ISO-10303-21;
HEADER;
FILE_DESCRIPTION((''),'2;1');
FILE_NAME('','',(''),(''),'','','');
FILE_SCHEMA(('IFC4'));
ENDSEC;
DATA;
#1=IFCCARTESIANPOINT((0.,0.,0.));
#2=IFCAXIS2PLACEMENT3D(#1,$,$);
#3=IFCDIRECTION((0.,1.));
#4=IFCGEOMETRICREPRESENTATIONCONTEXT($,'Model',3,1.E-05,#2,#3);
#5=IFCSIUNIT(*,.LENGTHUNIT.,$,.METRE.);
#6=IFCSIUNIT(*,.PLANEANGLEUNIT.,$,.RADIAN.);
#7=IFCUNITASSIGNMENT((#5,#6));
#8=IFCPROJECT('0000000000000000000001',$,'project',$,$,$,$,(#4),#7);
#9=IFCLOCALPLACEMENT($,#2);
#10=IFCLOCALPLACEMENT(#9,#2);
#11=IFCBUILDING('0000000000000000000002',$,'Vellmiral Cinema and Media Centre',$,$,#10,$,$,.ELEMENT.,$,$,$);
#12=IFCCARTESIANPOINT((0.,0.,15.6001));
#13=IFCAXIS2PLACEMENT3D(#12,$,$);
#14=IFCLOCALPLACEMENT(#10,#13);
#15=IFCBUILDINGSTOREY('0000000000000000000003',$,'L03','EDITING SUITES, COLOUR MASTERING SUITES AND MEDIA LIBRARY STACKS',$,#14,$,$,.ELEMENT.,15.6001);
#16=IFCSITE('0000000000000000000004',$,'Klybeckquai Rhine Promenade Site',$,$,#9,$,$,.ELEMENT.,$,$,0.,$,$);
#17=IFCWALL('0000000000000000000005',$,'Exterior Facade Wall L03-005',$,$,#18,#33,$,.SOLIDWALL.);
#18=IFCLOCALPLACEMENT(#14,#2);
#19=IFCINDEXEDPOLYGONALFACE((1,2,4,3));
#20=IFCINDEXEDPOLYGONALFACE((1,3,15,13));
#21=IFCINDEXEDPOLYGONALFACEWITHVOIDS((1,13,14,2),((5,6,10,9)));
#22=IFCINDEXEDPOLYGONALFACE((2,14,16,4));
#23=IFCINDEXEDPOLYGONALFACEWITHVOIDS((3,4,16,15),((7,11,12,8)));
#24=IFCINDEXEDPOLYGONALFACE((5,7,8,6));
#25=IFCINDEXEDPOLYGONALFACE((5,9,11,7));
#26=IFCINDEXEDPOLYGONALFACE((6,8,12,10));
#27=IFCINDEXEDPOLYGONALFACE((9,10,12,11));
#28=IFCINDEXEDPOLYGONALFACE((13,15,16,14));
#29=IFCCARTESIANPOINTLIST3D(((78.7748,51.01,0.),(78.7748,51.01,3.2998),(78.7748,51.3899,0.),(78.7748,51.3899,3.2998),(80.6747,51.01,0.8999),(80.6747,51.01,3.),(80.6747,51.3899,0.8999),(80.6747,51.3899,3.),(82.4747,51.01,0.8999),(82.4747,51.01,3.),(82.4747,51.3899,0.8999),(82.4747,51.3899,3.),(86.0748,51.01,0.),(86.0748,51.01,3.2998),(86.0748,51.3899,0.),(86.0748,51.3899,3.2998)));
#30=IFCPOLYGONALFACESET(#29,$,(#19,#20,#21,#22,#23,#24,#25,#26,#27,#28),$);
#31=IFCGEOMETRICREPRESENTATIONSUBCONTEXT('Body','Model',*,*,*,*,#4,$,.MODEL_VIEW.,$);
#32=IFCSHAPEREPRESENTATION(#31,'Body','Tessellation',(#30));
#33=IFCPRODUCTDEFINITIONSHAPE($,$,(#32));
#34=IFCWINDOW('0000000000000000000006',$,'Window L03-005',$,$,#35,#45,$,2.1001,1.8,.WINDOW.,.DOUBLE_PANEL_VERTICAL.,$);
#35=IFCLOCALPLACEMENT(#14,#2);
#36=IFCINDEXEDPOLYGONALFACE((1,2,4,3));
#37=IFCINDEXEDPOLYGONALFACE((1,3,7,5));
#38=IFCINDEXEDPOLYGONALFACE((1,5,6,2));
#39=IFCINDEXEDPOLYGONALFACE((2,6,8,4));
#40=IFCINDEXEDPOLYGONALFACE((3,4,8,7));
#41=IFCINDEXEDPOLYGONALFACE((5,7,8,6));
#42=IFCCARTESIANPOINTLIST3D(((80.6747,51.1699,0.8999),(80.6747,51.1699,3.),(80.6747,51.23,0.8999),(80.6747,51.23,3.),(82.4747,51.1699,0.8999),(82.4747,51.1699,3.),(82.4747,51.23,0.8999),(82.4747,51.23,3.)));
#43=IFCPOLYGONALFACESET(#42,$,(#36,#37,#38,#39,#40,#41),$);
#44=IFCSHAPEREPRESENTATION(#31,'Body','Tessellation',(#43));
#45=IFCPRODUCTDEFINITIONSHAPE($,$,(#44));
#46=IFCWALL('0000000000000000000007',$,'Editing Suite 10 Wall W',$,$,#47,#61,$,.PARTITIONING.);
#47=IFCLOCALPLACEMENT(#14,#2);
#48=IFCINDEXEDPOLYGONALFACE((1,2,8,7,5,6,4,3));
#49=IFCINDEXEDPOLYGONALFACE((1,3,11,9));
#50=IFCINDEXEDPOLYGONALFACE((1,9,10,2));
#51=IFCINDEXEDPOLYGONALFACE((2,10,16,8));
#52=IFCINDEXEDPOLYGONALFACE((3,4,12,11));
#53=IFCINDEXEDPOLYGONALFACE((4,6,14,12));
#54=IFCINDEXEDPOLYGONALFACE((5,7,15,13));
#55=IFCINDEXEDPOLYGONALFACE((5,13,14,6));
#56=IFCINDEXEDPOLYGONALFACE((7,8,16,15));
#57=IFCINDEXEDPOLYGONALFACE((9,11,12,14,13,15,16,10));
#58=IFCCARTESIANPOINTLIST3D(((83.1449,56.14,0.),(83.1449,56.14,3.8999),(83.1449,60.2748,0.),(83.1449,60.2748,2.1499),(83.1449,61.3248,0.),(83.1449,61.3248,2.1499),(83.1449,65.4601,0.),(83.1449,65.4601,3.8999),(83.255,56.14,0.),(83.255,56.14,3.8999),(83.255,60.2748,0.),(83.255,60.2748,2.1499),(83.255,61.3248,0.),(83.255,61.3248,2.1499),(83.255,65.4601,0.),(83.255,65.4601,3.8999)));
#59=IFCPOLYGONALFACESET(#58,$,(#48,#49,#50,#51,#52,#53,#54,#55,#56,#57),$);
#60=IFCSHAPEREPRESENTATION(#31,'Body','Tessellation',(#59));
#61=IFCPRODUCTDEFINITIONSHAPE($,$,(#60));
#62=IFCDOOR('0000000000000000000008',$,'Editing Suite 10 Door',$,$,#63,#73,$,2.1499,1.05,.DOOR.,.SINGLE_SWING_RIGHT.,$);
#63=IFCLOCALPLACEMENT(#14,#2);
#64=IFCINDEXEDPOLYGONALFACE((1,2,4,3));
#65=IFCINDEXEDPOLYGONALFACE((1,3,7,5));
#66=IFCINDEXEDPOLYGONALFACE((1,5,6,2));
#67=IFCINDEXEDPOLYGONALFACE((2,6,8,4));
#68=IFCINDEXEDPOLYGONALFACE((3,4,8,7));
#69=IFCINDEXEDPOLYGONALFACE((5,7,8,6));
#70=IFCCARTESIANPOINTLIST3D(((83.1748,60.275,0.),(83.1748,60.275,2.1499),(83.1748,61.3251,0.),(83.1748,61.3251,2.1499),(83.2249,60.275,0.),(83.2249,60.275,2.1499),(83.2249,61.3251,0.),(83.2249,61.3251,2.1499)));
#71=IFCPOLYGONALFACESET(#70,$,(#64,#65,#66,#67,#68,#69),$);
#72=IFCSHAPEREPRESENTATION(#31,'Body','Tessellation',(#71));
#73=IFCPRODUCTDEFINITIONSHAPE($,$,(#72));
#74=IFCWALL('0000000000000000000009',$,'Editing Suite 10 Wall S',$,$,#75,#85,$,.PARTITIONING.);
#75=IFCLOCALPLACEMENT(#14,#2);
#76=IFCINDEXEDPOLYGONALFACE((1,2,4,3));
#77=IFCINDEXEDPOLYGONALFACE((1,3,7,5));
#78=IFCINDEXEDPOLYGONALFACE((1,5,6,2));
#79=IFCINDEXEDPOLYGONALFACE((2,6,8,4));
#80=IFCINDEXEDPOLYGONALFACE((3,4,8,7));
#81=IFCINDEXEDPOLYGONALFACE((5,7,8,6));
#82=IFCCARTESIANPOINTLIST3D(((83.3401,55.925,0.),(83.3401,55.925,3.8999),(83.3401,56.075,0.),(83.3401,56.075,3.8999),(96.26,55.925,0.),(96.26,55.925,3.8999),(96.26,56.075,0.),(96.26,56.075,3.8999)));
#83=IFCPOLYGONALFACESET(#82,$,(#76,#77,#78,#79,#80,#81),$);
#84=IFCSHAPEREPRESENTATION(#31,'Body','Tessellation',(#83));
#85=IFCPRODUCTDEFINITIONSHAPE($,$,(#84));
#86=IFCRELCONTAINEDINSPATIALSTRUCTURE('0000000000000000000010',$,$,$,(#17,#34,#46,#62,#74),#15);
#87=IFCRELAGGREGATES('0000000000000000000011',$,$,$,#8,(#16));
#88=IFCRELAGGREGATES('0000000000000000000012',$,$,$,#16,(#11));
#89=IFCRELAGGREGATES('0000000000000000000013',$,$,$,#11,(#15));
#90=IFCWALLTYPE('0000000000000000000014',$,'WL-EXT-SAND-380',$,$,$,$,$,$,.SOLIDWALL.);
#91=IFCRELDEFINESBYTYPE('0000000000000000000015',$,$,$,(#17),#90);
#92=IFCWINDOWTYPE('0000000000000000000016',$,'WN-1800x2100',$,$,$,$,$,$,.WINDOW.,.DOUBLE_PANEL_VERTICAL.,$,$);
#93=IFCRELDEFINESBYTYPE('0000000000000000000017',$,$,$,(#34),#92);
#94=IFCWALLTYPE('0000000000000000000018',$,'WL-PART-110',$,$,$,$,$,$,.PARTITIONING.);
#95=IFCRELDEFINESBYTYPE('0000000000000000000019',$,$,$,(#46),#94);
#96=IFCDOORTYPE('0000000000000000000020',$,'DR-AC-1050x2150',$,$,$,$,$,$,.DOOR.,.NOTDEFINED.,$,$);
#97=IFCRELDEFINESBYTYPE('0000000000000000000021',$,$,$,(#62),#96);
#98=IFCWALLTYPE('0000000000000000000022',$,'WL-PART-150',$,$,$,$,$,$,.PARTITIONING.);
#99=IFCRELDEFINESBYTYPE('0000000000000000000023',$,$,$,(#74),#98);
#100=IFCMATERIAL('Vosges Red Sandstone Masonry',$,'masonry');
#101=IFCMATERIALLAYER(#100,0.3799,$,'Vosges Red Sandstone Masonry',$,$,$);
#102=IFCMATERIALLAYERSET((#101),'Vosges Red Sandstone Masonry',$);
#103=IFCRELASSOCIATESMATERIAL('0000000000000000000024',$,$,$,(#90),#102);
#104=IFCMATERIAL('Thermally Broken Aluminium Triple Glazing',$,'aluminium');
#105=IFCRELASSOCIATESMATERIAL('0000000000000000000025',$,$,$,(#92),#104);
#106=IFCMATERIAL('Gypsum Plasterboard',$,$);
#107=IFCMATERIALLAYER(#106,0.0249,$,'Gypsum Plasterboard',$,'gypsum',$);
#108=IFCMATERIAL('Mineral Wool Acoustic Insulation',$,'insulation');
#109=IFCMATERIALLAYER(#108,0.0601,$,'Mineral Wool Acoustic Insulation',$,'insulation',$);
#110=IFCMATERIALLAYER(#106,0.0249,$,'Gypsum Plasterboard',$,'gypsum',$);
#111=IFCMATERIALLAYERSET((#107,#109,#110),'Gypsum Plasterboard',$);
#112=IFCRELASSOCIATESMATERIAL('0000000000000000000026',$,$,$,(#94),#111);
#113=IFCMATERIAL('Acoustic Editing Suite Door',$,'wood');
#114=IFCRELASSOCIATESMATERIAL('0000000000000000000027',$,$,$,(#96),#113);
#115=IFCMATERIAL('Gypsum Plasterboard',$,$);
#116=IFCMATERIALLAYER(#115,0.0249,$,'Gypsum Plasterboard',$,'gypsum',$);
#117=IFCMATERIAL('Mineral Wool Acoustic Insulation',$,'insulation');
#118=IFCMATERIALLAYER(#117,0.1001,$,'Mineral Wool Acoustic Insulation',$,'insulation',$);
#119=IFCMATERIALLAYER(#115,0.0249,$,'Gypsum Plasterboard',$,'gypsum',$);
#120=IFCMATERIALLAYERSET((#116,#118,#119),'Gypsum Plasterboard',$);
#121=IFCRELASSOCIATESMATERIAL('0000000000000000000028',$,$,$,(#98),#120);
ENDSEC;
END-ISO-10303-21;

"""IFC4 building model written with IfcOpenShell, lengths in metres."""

from ifc_helpers import new_model, si_unit, direction, frame, frame_2d, origin, place, context, subcontext, project, spatial, rectangle, extrude, material, layer, layer_set, type_object, element, fill, save


model = new_model("IFC4")

# Units and contexts
model_context = context("Model", 3, precision=1e-05, world=origin(), true_north=direction((0.0, 1.0)))
body_context = subcontext(model_context, "Body", "Model", "MODEL_VIEW")
ifc_project = project(units=[si_unit("LENGTHUNIT", "METRE"), si_unit("PLANEANGLEUNIT", "RADIAN")], contexts=[model_context])

# Site, building, storey
site_placement = place(None, origin())
site = spatial("IfcSite", under=ifc_project, at=site_placement, Name="Klybeckquai Rhine Promenade Site", CompositionType="ELEMENT", RefElevation=0.0)
building_placement = place(site_placement, origin())
building = spatial("IfcBuilding", under=site, at=building_placement, Name="Vellmiral Cinema and Media Centre", CompositionType="ELEMENT")
storey_placement = place(building_placement, frame((0.0, 0.0, 15.6001)))
storey = spatial("IfcBuildingStorey", under=building, at=storey_placement, Name="L03", Description="EDITING SUITES, COLOUR MASTERING SUITES AND MEDIA LIBRARY STACKS", CompositionType="ELEMENT", Elevation=15.6001)

# Wall, opening, window
ifc_material_1 = material(Name="Vosges Red Sandstone Masonry", Category="masonry")
ifc_layer_1 = layer(ifc_material_1, 0.3799, Name="Vosges Red Sandstone Masonry")
ifc_layer_set_1 = layer_set([ifc_layer_1], Name="Vosges Red Sandstone Masonry")
wall_type_1 = type_object("IfcWallType", Name="WL-EXT-SAND-380", PredefinedType="SOLIDWALL", material=ifc_layer_set_1)
wall_1_placement = place(storey_placement, frame((78.7749, 51.2, 0.0), z_axis=(0.0, 0.0, 1.0), x_axis=(1.0, 0.0, 0.0)))
wall_1 = element("IfcWall", 1, at=wall_1_placement, inside=storey, type_object=wall_type_1, Name="Exterior Facade Wall L03-005", PredefinedType="SOLIDWALL", context=body_context, shape_type="SweptSolid", body=[
    extrude(rectangle(XDim=7.3, YDim=0.3799, at=frame_2d((3.6499, 0.0))), origin(), (0.0, 0.0, 1.0), 3.2998),
])
opening_1_placement = place(wall_1_placement, frame((1.8999, 0.0, 0.8999)))
opening_1 = element("IfcOpeningElement", 2, at=opening_1_placement, cuts=wall_1, PredefinedType="OPENING", context=body_context, shape_type="SweptSolid", body=[
    extrude(rectangle(XDim=1.8, YDim=2.1001, at=frame_2d((0.8999, 1.05))), frame((0.0, 0.2019, 0.0), z_axis=(0.0, -1.0, 0.0), x_axis=(1.0, 0.0, 0.0)), (0.0, 0.0, 1.0), 0.4038),
])
ifc_material_2 = material(Name="Thermally Broken Aluminium Triple Glazing", Category="aluminium")
window_type = type_object("IfcWindowType", Name="WN-1800x2100", PartitioningType="DOUBLE_PANEL_VERTICAL", PredefinedType="WINDOW", material=ifc_material_2)
window_placement = place(opening_1_placement, origin())
window = element("IfcWindow", 3, at=window_placement, inside=storey, type_object=window_type, Name="Window L03-005", OverallHeight=2.1001, OverallWidth=1.8, PartitioningType="DOUBLE_PANEL_VERTICAL", PredefinedType="WINDOW", context=body_context, shape_type="SweptSolid", body=[
    extrude(rectangle(XDim=1.8, YDim=2.1001, at=frame_2d((0.8999, 1.05))), frame((0.0, 0.03, 0.0), z_axis=(0.0, -1.0, 0.0), x_axis=(1.0, 0.0, 0.0)), (0.0, 0.0, 1.0), 0.0601),
])
fill(opening_1, window)

# Wall, opening, door
ifc_material_3 = material(Name="Gypsum Plasterboard")
ifc_layer_2 = layer(ifc_material_3, 0.0249, Name="Gypsum Plasterboard", Category="gypsum")
ifc_material_4 = material(Name="Mineral Wool Acoustic Insulation", Category="insulation")
ifc_layer_3 = layer(ifc_material_4, 0.0601, Name="Mineral Wool Acoustic Insulation", Category="insulation")
ifc_layer_4 = layer(ifc_material_3, 0.0249, Name="Gypsum Plasterboard", Category="gypsum")
ifc_layer_set_2 = layer_set([ifc_layer_2, ifc_layer_3, ifc_layer_4], Name="Gypsum Plasterboard")
wall_type_2 = type_object("IfcWallType", Name="WL-PART-110", PredefinedType="PARTITIONING", material=ifc_layer_set_2)
wall_2_placement = place(storey_placement, frame((83.2, 56.1399, 0.0), z_axis=(0.0, 0.0, 1.0), x_axis=(0.0, 1.0, 0.0)))
wall_2 = element("IfcWall", 4, at=wall_2_placement, inside=storey, type_object=wall_type_2, Name="Editing Suite 10 Wall W", PredefinedType="PARTITIONING", context=body_context, shape_type="SweptSolid", body=[
    extrude(rectangle(XDim=9.3201, YDim=0.1101, at=frame_2d((4.6602, 0.0))), origin(), (0.0, 0.0, 1.0), 3.8999),
])
opening_2_placement = place(wall_2_placement, frame((4.135, 0.0, 0.0)))
opening_2 = element("IfcOpeningElement", 5, at=opening_2_placement, cuts=wall_2, PredefinedType="OPENING", context=body_context, shape_type="SweptSolid", body=[
    extrude(rectangle(XDim=1.05, YDim=2.1499, at=frame_2d((0.5249, 1.075))), frame((0.0, 0.0669, 0.0), z_axis=(0.0, -1.0, 0.0), x_axis=(1.0, 0.0, 0.0)), (0.0, 0.0, 1.0), 0.134),
])
ifc_material_5 = material(Name="Acoustic Editing Suite Door", Category="wood")
door_type = type_object("IfcDoorType", Name="DR-AC-1050x2150", OperationType="NOTDEFINED", PredefinedType="DOOR", material=ifc_material_5)
door_placement = place(opening_2_placement, frame((1.05, 0.0, 0.0), z_axis=(0.0, 0.0, 1.0), x_axis=(-1.0, 0.0, 0.0)))
door = element("IfcDoor", 6, at=door_placement, inside=storey, type_object=door_type, Name="Editing Suite 10 Door", OperationType="SINGLE_SWING_RIGHT", OverallHeight=2.1499, OverallWidth=1.05, PredefinedType="DOOR", context=body_context, shape_type="SweptSolid", body=[
    extrude(rectangle(XDim=1.05, YDim=2.1499, at=frame_2d((0.5249, 1.075))), frame((0.0, 0.0249, 0.0), z_axis=(0.0, -1.0, 0.0), x_axis=(1.0, 0.0, 0.0)), (0.0, 0.0, 1.0), 0.05),
])
fill(opening_2, door)

# Wall
ifc_material_6 = material(Name="Gypsum Plasterboard")
ifc_layer_5 = layer(ifc_material_6, 0.0249, Name="Gypsum Plasterboard", Category="gypsum")
ifc_material_7 = material(Name="Mineral Wool Acoustic Insulation", Category="insulation")
ifc_layer_6 = layer(ifc_material_7, 0.1001, Name="Mineral Wool Acoustic Insulation", Category="insulation")
ifc_layer_7 = layer(ifc_material_6, 0.0249, Name="Gypsum Plasterboard", Category="gypsum")
ifc_layer_set_3 = layer_set([ifc_layer_5, ifc_layer_6, ifc_layer_7], Name="Gypsum Plasterboard")
wall_type_3 = type_object("IfcWallType", Name="WL-PART-150", PredefinedType="PARTITIONING", material=ifc_layer_set_3)
wall_3_placement = place(storey_placement, frame((83.3401, 56.0, 0.0), z_axis=(0.0, 0.0, 1.0), x_axis=(1.0, 0.0, 0.0)))
element("IfcWall", 7, at=wall_3_placement, inside=storey, type_object=wall_type_3, Name="Editing Suite 10 Wall S", PredefinedType="PARTITIONING", context=body_context, shape_type="SweptSolid", body=[
    extrude(rectangle(XDim=12.9199, YDim=0.1499, at=frame_2d((6.46, 0.0))), origin(), (0.0, 0.0, 1.0), 3.8999),
])

save(model, "model.ifc")
